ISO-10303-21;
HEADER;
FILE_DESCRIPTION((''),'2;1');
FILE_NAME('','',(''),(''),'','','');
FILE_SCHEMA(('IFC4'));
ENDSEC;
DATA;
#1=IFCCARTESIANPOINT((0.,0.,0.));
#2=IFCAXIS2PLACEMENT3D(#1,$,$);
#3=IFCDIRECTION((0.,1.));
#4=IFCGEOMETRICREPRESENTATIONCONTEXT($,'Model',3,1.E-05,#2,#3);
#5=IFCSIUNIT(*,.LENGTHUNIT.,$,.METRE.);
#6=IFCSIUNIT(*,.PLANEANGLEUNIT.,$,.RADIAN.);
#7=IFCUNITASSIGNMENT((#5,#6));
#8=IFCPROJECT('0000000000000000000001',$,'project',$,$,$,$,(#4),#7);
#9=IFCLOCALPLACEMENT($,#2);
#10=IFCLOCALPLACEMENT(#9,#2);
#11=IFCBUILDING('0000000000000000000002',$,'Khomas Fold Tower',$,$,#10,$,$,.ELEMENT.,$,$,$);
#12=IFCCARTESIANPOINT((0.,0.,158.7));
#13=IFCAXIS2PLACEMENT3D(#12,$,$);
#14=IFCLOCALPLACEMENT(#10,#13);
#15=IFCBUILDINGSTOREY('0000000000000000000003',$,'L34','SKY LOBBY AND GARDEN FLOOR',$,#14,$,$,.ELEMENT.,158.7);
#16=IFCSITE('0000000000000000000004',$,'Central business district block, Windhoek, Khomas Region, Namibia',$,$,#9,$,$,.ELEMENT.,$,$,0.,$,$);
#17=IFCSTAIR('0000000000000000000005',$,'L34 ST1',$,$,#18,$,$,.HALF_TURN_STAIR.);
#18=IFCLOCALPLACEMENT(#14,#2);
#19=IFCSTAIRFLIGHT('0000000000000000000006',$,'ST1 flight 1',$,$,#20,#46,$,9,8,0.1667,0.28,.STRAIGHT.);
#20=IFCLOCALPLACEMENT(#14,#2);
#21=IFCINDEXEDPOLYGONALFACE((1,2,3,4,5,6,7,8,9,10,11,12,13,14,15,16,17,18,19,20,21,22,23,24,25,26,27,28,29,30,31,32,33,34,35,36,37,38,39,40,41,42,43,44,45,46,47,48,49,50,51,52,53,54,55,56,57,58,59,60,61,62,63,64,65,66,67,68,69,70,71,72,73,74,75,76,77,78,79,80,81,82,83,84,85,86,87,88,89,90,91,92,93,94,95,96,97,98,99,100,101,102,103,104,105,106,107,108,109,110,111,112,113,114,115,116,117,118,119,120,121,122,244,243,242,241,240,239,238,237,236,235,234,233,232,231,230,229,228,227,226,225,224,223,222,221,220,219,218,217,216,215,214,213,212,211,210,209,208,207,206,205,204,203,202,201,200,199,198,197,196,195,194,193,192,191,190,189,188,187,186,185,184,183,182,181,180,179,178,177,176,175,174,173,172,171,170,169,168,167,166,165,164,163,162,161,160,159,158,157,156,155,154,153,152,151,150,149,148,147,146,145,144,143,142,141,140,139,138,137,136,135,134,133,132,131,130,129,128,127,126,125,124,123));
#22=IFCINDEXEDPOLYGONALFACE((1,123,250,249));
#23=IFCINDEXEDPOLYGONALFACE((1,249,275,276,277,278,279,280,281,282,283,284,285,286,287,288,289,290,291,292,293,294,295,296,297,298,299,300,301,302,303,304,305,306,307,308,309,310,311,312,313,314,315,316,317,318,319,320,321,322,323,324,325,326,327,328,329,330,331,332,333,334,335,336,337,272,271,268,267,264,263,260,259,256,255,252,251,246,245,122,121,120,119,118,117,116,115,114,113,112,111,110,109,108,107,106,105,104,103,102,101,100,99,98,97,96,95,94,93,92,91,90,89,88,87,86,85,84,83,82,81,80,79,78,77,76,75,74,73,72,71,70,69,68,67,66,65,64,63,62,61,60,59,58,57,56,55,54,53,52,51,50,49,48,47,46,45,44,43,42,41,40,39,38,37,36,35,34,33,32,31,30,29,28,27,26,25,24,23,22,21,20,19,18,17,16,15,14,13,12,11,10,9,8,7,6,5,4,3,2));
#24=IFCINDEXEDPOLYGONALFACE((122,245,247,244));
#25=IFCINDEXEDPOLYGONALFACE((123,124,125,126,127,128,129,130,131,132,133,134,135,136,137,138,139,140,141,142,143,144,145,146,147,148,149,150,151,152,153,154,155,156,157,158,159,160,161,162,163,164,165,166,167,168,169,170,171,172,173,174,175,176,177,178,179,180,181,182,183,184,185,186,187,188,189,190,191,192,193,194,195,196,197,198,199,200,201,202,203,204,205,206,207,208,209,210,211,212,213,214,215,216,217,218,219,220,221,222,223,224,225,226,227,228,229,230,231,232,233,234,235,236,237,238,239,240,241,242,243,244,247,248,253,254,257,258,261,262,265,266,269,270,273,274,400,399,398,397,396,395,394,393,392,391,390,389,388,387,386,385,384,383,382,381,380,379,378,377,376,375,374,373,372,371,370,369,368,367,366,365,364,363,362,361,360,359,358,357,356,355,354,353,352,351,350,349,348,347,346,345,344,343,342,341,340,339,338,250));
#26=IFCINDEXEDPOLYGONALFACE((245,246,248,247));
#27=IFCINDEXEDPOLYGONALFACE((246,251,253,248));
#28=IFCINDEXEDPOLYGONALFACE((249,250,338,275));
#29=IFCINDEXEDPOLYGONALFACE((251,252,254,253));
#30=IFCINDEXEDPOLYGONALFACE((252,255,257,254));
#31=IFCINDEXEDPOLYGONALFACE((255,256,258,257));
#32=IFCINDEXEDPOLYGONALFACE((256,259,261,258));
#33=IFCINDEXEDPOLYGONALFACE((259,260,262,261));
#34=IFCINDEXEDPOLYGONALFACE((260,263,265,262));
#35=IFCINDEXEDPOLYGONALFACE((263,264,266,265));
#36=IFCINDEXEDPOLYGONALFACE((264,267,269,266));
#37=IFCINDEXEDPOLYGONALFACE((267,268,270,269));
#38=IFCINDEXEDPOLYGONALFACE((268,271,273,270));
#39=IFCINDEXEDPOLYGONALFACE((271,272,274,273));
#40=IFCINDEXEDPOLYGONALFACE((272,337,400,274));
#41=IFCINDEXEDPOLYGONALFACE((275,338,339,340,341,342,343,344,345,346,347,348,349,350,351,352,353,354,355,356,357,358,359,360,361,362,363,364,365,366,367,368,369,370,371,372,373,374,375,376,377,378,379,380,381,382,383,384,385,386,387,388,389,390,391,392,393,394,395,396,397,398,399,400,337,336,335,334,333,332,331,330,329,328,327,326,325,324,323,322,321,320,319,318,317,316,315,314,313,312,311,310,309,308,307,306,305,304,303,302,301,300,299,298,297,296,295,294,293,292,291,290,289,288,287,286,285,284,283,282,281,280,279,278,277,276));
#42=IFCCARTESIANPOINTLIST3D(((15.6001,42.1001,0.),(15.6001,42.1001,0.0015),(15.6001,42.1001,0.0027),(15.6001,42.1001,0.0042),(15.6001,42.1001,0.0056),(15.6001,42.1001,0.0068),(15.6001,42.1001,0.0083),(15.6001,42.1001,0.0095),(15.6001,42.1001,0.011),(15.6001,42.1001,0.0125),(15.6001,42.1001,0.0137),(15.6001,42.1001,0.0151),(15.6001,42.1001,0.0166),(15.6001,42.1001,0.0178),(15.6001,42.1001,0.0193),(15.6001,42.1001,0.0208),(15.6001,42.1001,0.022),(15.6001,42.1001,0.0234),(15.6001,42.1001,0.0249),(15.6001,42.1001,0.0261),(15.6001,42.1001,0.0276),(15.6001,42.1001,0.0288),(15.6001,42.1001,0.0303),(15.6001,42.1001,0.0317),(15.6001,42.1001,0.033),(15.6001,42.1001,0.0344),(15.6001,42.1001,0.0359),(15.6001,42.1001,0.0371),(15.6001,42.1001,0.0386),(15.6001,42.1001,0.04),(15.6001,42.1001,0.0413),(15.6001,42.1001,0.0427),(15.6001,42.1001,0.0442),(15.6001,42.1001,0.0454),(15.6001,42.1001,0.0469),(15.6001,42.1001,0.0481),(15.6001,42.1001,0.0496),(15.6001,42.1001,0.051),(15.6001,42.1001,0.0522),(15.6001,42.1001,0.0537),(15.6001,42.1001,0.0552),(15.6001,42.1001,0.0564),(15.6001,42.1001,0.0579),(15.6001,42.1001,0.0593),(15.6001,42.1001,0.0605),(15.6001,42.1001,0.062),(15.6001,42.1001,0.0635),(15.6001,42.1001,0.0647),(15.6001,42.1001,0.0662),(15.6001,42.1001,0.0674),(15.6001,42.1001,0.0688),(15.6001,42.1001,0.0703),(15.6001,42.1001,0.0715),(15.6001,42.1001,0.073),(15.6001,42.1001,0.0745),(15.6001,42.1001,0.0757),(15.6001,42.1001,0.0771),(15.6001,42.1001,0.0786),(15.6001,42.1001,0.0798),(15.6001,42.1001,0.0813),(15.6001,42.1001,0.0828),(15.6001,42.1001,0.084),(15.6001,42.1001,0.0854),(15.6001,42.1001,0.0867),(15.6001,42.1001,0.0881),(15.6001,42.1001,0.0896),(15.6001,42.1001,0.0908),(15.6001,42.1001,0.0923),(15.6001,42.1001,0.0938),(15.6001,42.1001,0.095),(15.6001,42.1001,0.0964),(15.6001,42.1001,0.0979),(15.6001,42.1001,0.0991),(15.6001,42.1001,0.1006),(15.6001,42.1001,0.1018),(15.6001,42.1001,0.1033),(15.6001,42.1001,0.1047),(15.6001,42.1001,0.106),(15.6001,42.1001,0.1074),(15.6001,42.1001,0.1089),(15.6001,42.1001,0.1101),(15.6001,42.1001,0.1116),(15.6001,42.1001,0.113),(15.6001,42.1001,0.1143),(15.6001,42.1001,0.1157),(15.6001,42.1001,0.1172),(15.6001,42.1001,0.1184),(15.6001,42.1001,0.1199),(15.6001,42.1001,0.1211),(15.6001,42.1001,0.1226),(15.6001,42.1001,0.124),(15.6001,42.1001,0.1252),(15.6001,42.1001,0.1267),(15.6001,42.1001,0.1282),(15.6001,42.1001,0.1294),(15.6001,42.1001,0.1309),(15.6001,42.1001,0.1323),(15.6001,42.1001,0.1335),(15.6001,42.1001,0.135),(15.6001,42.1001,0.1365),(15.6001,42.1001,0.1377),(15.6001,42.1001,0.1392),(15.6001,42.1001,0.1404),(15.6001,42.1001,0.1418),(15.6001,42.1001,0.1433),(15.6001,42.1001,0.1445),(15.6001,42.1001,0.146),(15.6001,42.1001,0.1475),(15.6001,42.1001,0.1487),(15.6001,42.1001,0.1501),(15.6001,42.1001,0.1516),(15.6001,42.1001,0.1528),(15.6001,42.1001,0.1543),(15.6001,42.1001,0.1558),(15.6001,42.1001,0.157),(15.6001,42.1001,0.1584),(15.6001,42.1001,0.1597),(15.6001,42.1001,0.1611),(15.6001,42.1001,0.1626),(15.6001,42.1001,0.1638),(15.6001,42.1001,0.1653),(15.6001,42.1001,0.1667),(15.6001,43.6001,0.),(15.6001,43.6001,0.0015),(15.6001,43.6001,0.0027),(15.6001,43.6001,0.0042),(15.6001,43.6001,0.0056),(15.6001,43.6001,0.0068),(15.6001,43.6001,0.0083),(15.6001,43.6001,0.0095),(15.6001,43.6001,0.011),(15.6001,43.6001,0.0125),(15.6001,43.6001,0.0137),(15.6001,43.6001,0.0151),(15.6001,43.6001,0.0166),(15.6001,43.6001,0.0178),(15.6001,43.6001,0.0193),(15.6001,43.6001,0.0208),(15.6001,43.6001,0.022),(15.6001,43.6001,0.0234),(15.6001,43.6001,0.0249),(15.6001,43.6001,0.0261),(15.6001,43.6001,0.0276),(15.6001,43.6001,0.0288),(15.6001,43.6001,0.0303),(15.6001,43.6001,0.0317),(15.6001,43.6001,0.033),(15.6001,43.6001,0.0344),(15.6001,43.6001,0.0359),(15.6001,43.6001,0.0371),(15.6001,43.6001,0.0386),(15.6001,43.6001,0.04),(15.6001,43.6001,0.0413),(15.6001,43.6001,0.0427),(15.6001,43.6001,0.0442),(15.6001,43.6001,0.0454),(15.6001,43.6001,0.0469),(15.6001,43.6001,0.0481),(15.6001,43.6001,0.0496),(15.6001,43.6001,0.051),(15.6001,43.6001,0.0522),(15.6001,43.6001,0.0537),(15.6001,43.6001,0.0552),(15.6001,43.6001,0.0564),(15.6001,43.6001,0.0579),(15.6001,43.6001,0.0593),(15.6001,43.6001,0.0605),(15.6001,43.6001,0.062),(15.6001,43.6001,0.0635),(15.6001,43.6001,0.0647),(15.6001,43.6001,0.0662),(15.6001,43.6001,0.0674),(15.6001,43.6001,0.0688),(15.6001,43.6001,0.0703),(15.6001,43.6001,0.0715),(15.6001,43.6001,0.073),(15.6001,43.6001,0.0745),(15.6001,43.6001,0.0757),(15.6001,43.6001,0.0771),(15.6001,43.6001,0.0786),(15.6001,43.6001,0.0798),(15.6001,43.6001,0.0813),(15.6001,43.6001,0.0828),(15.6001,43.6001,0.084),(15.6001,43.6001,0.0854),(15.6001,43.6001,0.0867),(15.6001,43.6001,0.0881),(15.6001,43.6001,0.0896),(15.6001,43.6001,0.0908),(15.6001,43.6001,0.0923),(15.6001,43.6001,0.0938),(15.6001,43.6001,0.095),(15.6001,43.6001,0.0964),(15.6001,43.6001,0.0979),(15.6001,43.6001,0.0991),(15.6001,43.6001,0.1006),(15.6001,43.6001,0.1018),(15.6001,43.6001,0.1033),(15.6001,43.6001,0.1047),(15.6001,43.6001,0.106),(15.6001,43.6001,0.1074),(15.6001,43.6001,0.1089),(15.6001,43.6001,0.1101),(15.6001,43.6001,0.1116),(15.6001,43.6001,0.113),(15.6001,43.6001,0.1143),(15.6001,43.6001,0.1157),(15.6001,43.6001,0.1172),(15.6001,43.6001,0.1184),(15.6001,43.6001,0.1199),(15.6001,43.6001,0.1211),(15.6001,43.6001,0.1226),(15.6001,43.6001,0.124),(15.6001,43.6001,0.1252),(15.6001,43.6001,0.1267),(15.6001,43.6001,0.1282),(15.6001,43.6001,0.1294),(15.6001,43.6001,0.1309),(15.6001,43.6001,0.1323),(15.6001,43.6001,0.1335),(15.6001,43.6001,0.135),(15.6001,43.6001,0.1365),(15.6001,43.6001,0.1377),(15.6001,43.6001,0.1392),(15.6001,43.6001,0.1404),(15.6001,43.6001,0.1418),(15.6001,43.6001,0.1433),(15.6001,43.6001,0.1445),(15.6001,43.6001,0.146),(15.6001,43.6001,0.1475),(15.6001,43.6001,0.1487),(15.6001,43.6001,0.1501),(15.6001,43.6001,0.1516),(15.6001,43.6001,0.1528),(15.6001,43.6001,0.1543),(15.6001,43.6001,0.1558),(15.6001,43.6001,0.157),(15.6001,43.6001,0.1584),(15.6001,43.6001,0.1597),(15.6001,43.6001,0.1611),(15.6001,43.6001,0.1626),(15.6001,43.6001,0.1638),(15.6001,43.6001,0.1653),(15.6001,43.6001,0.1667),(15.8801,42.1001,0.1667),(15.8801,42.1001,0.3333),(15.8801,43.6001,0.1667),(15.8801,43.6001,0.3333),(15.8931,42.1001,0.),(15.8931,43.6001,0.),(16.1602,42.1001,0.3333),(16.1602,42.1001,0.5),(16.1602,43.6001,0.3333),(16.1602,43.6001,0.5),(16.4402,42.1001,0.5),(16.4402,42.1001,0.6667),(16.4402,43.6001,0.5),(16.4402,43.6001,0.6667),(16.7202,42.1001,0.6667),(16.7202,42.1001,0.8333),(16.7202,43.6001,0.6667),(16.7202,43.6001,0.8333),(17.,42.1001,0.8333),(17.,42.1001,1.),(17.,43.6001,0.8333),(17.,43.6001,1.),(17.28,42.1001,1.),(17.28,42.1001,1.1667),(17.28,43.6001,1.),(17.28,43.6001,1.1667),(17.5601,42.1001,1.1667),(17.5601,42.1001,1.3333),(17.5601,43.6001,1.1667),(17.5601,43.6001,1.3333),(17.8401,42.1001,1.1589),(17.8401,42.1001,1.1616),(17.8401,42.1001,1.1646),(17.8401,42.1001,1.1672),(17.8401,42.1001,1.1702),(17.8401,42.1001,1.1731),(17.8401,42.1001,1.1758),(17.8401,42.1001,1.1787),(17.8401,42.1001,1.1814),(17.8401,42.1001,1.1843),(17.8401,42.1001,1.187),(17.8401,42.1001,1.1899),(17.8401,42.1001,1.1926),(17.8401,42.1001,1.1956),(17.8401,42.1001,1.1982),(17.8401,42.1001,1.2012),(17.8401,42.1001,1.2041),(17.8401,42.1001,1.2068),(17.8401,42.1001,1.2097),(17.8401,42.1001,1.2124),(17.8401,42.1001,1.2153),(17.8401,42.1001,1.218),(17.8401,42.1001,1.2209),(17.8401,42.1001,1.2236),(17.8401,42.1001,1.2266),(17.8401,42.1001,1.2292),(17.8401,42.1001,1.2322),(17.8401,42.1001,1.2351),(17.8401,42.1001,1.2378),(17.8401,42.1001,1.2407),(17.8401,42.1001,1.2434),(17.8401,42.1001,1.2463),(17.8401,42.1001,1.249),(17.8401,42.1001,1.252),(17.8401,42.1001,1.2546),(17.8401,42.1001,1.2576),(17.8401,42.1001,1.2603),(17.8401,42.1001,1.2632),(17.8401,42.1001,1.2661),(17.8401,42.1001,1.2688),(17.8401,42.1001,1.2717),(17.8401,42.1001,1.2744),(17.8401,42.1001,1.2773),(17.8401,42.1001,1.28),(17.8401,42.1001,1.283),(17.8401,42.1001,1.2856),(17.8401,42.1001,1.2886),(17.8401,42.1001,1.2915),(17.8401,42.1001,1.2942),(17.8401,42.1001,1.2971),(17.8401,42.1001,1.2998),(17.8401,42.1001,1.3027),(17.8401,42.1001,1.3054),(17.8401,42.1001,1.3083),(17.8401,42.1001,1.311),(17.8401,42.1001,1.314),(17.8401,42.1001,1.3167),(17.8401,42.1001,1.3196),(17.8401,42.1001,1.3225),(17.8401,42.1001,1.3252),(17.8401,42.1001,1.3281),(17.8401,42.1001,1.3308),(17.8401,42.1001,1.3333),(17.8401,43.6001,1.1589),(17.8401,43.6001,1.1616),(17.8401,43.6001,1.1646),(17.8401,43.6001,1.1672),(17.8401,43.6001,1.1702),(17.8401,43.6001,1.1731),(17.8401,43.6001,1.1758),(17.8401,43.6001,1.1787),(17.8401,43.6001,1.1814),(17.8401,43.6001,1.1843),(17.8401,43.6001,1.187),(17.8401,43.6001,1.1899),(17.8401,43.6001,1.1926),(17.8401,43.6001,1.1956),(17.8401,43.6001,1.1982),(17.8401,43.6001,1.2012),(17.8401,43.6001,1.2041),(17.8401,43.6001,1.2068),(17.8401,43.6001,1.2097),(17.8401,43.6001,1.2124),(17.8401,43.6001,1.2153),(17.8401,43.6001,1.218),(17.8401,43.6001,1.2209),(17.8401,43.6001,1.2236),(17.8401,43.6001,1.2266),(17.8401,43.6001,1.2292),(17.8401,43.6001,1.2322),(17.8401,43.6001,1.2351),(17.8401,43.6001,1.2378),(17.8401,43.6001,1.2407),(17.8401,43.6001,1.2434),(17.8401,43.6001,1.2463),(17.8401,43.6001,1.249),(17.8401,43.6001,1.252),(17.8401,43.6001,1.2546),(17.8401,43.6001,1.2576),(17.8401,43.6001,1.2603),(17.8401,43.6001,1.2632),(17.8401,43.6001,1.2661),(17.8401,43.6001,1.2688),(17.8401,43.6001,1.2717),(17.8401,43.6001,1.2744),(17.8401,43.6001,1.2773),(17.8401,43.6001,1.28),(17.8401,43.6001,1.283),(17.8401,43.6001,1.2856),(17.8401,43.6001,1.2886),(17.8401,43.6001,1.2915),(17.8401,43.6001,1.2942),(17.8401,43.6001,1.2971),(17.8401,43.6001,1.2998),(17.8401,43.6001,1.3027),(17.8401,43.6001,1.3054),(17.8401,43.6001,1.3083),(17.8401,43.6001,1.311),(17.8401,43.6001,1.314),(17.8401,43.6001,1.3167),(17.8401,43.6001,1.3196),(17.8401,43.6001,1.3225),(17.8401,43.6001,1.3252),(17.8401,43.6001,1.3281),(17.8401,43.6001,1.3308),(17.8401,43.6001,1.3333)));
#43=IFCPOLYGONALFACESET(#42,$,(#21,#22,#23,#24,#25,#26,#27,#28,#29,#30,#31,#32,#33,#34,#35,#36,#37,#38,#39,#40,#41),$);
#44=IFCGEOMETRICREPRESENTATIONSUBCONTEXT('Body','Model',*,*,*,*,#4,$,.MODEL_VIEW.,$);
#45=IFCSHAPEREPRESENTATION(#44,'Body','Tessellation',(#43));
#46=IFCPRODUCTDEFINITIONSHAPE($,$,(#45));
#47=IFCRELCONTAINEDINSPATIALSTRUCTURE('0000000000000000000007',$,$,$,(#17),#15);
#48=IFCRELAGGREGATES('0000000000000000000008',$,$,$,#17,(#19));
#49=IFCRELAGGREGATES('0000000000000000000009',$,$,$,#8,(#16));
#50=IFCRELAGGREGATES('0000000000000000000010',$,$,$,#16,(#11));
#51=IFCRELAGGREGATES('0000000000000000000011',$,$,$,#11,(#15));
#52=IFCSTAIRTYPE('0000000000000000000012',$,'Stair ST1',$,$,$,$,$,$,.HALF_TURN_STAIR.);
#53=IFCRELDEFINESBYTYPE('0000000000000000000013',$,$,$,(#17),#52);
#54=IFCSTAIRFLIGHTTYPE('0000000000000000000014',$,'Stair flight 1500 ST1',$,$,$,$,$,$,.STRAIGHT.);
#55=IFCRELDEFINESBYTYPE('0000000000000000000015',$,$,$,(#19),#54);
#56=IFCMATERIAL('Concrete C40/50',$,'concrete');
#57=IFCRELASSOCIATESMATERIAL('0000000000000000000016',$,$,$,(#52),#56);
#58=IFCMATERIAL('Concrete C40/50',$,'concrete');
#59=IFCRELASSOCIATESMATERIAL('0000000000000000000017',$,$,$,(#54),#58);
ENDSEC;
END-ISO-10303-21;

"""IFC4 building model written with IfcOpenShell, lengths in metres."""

from ifc_helpers import new_model, si_unit, direction, frame, origin, place, context, subcontext, project, spatial, polyline, outline, extrude, source, transform, mapped, material, type_object, element, aggregate, save


model = new_model("IFC4")

# Units and contexts
model_context = context("Model", 3, precision=1e-05, world=origin(), true_north=direction((0.0, 1.0)))
body_context = subcontext(model_context, "Body", "Model", "MODEL_VIEW")
ifc_project = project(units=[si_unit("LENGTHUNIT", "METRE"), si_unit("PLANEANGLEUNIT", "RADIAN")], contexts=[model_context])

# Site, building, storey
site_placement = place(None, origin())
site = spatial("IfcSite", under=ifc_project, at=site_placement, Name="Central business district block, Windhoek, Khomas Region, Namibia", CompositionType="ELEMENT", RefElevation=0.0)
building_placement = place(site_placement, origin())
building = spatial("IfcBuilding", under=site, at=building_placement, Name="Khomas Fold Tower", CompositionType="ELEMENT")
storey_placement = place(building_placement, frame((0.0, 0.0, 158.7)))
storey = spatial("IfcBuildingStorey", under=building, at=storey_placement, Name="L34", Description="SKY LOBBY AND GARDEN FLOOR", CompositionType="ELEMENT", Elevation=158.7)

# Stair, stair flight
ifc_material_1 = material(Name="Concrete C40/50", Category="concrete")
stair_type_1 = type_object("IfcStairType", Name="Stair ST1", PredefinedType="HALF_TURN_STAIR", material=ifc_material_1)
stair_1_placement = place(storey_placement, origin())
stair_1 = element("IfcStair", 1, at=stair_1_placement, inside=storey, type_object=stair_type_1, Name="L34 ST1", PredefinedType="HALF_TURN_STAIR")
ifc_material_2 = material(Name="Concrete C40/50", Category="concrete")
stair_flight_type_1 = type_object("IfcStairFlightType", Name="Stair flight 1500 ST1", PredefinedType="STRAIGHT", material=ifc_material_2)
shared_shape_1 = source(origin(), body_context, "Body", "SweptSolid", [
    extrude(outline(polyline([(0.0, 0.0), (0.0, 0.0015), (0.0, 0.0027), (0.0, 0.0042), (0.0, 0.0056), (0.0, 0.0068), (0.0, 0.0083), (0.0, 0.0095), (0.0, 0.011), (0.0, 0.0125), (0.0, 0.0137), (0.0, 0.0151), (0.0, 0.0166), (0.0, 0.0178), (0.0, 0.0193), (0.0, 0.0208), (0.0, 0.022), (0.0, 0.0234), (0.0, 0.0249), (0.0, 0.0261), (0.0, 0.0276), (0.0, 0.0288), (0.0, 0.0303), (0.0, 0.0317), (0.0, 0.033), (0.0, 0.0344), (0.0, 0.0359), (0.0, 0.0371), (0.0, 0.0386), (0.0, 0.04), (0.0, 0.0413), (0.0, 0.0427), (0.0, 0.0442), (0.0, 0.0454), (0.0, 0.0469), (0.0, 0.0481), (0.0, 0.0496), (0.0, 0.051), (0.0, 0.0522), (0.0, 0.0537), (0.0, 0.0552), (0.0, 0.0564), (0.0, 0.0579), (0.0, 0.0593), (0.0, 0.0605), (0.0, 0.062), (0.0, 0.0635), (0.0, 0.0647), (0.0, 0.0662), (0.0, 0.0674), (0.0, 0.0688), (0.0, 0.0703), (0.0, 0.0715), (0.0, 0.073), (0.0, 0.0745), (0.0, 0.0757), (0.0, 0.0771), (0.0, 0.0786), (0.0, 0.0798), (0.0, 0.0813), (0.0, 0.0828), (0.0, 0.084), (0.0, 0.0854), (0.0, 0.0867), (0.0, 0.0881), (0.0, 0.0896), (0.0, 0.0908), (0.0, 0.0923), (0.0, 0.0938), (0.0, 0.095), (0.0, 0.0964), (0.0, 0.0979), (0.0, 0.0991), (0.0, 0.1006), (0.0, 0.1018), (0.0, 0.1033), (0.0, 0.1047), (0.0, 0.106), (0.0, 0.1074), (0.0, 0.1089), (0.0, 0.1101), (0.0, 0.1116), (0.0, 0.113), (0.0, 0.1143), (0.0, 0.1157), (0.0, 0.1172), (0.0, 0.1184), (0.0, 0.1199), (0.0, 0.1211), (0.0, 0.1226), (0.0, 0.124), (0.0, 0.1252), (0.0, 0.1267), (0.0, 0.1282), (0.0, 0.1294), (0.0, 0.1309), (0.0, 0.1323), (0.0, 0.1335), (0.0, 0.135), (0.0, 0.1365), (0.0, 0.1377), (0.0, 0.1392), (0.0, 0.1404), (0.0, 0.1418), (0.0, 0.1433), (0.0, 0.1445), (0.0, 0.146), (0.0, 0.1475), (0.0, 0.1487), (0.0, 0.1501), (0.0, 0.1516), (0.0, 0.1528), (0.0, 0.1543), (0.0, 0.1558), (0.0, 0.157), (0.0, 0.1584), (0.0, 0.1597), (0.0, 0.1611), (0.0, 0.1626), (0.0, 0.1638), (0.0, 0.1653), (0.0, 0.1667), (0.28, 0.1667), (0.28, 0.3333), (0.5601, 0.3333), (0.5601, 0.5), (0.8401, 0.5), (0.8401, 0.6667), (1.1201, 0.6667), (1.1201, 0.8333), (1.3999, 0.8333), (1.3999, 1.0), (1.6799, 1.0), (1.6799, 1.1667), (1.96, 1.1667), (1.96, 1.3333), (2.24, 1.3333), (2.24, 1.5), (2.24, 1.4971), (2.24, 1.4944), (2.24, 1.4915), (2.24, 1.4888), (2.24, 1.4858), (2.24, 1.4832), (2.24, 1.4802), (2.24, 1.4775), (2.24, 1.4746), (2.24, 1.4719), (2.24, 1.469), (2.24, 1.4661), (2.24, 1.4634), (2.24, 1.4604), (2.24, 1.4578), (2.24, 1.4548), (2.24, 1.4521), (2.24, 1.4492), (2.24, 1.4465), (2.24, 1.4436), (2.24, 1.4409), (2.24, 1.438), (2.24, 1.4351), (2.24, 1.4324), (2.24, 1.4294), (2.24, 1.4268), (2.24, 1.4238), (2.24, 1.4211), (2.24, 1.4182), (2.24, 1.4155), (2.24, 1.4126), (2.24, 1.4097), (2.24, 1.407), (2.24, 1.4041), (2.24, 1.4014), (2.24, 1.3984), (2.24, 1.3958), (2.24, 1.3928), (2.24, 1.3901), (2.24, 1.3872), (2.24, 1.3845), (2.24, 1.3816), (2.24, 1.3787), (2.24, 1.376), (2.24, 1.373), (2.24, 1.3704), (2.24, 1.3674), (2.24, 1.3647), (2.24, 1.3618), (2.24, 1.3591), (2.24, 1.3562), (2.24, 1.3535), (2.24, 1.3506), (2.24, 1.3477), (2.24, 1.345), (2.24, 1.342), (2.24, 1.3394), (2.24, 1.3364), (2.24, 1.3337), (2.24, 1.3308), (2.24, 1.3281), (2.24, 1.3252), (2.24, 1.3225), (2.24, 1.3196), (2.24, 1.3167), (2.24, 1.314), (2.24, 1.311), (2.24, 1.3083), (2.24, 1.3054), (2.24, 1.3027), (2.24, 1.2998), (2.24, 1.2971), (2.24, 1.2942), (2.24, 1.2915), (2.24, 1.2886), (2.24, 1.2856), (2.24, 1.283), (2.24, 1.28), (2.24, 1.2773), (2.24, 1.2744), (2.24, 1.2717), (2.24, 1.2688), (2.24, 1.2661), (2.24, 1.2632), (2.24, 1.2603), (2.24, 1.2576), (2.24, 1.2546), (2.24, 1.252), (2.24, 1.249), (2.24, 1.2463), (2.24, 1.2434), (2.24, 1.2407), (2.24, 1.2378), (2.24, 1.2351), (2.24, 1.2322), (2.24, 1.2292), (2.24, 1.2266), (2.24, 1.2236), (2.24, 1.2209), (2.24, 1.218), (2.24, 1.2153), (2.24, 1.2124), (2.24, 1.2097), (2.24, 1.2068), (2.24, 1.2041), (2.24, 1.2012), (2.24, 1.1982), (2.24, 1.1956), (2.24, 1.1926), (2.24, 1.1899), (2.24, 1.187), (2.24, 1.1843), (2.24, 1.1814), (2.24, 1.1787), (2.24, 1.1758), (2.24, 1.1731), (2.24, 1.1702), (2.24, 1.1672), (2.24, 1.1646), (2.24, 1.1616), (2.24, 1.1589), (0.293, 0.0), (0.0, 0.0)])), frame((0.0, 0.75, 0.0), z_axis=(0.0, -1.0, 0.0), x_axis=(1.0, 0.0, 0.0)), (0.0, 0.0, 1.0), 1.5),
])
stair_flight_1_placement = place(storey_placement, frame((15.6001, 42.8501, 0.0), z_axis=(0.0, 0.0, 1.0), x_axis=(1.0, 0.0, 0.0)))
stair_flight_1 = element("IfcStairFlight", 2, at=stair_flight_1_placement, type_object=stair_flight_type_1, Name="ST1 flight 1", NumberOfRisers=9, NumberOfTreads=8, PredefinedType="STRAIGHT", RiserHeight=0.1667, TreadLength=0.28, context=body_context, shape_type="MappedRepresentation", body=[
    mapped(shared_shape_1, transform((0.0, 0.0, 0.0))),
])
aggregate(stair_1, [stair_flight_1])

save(model, "model.ifc")
